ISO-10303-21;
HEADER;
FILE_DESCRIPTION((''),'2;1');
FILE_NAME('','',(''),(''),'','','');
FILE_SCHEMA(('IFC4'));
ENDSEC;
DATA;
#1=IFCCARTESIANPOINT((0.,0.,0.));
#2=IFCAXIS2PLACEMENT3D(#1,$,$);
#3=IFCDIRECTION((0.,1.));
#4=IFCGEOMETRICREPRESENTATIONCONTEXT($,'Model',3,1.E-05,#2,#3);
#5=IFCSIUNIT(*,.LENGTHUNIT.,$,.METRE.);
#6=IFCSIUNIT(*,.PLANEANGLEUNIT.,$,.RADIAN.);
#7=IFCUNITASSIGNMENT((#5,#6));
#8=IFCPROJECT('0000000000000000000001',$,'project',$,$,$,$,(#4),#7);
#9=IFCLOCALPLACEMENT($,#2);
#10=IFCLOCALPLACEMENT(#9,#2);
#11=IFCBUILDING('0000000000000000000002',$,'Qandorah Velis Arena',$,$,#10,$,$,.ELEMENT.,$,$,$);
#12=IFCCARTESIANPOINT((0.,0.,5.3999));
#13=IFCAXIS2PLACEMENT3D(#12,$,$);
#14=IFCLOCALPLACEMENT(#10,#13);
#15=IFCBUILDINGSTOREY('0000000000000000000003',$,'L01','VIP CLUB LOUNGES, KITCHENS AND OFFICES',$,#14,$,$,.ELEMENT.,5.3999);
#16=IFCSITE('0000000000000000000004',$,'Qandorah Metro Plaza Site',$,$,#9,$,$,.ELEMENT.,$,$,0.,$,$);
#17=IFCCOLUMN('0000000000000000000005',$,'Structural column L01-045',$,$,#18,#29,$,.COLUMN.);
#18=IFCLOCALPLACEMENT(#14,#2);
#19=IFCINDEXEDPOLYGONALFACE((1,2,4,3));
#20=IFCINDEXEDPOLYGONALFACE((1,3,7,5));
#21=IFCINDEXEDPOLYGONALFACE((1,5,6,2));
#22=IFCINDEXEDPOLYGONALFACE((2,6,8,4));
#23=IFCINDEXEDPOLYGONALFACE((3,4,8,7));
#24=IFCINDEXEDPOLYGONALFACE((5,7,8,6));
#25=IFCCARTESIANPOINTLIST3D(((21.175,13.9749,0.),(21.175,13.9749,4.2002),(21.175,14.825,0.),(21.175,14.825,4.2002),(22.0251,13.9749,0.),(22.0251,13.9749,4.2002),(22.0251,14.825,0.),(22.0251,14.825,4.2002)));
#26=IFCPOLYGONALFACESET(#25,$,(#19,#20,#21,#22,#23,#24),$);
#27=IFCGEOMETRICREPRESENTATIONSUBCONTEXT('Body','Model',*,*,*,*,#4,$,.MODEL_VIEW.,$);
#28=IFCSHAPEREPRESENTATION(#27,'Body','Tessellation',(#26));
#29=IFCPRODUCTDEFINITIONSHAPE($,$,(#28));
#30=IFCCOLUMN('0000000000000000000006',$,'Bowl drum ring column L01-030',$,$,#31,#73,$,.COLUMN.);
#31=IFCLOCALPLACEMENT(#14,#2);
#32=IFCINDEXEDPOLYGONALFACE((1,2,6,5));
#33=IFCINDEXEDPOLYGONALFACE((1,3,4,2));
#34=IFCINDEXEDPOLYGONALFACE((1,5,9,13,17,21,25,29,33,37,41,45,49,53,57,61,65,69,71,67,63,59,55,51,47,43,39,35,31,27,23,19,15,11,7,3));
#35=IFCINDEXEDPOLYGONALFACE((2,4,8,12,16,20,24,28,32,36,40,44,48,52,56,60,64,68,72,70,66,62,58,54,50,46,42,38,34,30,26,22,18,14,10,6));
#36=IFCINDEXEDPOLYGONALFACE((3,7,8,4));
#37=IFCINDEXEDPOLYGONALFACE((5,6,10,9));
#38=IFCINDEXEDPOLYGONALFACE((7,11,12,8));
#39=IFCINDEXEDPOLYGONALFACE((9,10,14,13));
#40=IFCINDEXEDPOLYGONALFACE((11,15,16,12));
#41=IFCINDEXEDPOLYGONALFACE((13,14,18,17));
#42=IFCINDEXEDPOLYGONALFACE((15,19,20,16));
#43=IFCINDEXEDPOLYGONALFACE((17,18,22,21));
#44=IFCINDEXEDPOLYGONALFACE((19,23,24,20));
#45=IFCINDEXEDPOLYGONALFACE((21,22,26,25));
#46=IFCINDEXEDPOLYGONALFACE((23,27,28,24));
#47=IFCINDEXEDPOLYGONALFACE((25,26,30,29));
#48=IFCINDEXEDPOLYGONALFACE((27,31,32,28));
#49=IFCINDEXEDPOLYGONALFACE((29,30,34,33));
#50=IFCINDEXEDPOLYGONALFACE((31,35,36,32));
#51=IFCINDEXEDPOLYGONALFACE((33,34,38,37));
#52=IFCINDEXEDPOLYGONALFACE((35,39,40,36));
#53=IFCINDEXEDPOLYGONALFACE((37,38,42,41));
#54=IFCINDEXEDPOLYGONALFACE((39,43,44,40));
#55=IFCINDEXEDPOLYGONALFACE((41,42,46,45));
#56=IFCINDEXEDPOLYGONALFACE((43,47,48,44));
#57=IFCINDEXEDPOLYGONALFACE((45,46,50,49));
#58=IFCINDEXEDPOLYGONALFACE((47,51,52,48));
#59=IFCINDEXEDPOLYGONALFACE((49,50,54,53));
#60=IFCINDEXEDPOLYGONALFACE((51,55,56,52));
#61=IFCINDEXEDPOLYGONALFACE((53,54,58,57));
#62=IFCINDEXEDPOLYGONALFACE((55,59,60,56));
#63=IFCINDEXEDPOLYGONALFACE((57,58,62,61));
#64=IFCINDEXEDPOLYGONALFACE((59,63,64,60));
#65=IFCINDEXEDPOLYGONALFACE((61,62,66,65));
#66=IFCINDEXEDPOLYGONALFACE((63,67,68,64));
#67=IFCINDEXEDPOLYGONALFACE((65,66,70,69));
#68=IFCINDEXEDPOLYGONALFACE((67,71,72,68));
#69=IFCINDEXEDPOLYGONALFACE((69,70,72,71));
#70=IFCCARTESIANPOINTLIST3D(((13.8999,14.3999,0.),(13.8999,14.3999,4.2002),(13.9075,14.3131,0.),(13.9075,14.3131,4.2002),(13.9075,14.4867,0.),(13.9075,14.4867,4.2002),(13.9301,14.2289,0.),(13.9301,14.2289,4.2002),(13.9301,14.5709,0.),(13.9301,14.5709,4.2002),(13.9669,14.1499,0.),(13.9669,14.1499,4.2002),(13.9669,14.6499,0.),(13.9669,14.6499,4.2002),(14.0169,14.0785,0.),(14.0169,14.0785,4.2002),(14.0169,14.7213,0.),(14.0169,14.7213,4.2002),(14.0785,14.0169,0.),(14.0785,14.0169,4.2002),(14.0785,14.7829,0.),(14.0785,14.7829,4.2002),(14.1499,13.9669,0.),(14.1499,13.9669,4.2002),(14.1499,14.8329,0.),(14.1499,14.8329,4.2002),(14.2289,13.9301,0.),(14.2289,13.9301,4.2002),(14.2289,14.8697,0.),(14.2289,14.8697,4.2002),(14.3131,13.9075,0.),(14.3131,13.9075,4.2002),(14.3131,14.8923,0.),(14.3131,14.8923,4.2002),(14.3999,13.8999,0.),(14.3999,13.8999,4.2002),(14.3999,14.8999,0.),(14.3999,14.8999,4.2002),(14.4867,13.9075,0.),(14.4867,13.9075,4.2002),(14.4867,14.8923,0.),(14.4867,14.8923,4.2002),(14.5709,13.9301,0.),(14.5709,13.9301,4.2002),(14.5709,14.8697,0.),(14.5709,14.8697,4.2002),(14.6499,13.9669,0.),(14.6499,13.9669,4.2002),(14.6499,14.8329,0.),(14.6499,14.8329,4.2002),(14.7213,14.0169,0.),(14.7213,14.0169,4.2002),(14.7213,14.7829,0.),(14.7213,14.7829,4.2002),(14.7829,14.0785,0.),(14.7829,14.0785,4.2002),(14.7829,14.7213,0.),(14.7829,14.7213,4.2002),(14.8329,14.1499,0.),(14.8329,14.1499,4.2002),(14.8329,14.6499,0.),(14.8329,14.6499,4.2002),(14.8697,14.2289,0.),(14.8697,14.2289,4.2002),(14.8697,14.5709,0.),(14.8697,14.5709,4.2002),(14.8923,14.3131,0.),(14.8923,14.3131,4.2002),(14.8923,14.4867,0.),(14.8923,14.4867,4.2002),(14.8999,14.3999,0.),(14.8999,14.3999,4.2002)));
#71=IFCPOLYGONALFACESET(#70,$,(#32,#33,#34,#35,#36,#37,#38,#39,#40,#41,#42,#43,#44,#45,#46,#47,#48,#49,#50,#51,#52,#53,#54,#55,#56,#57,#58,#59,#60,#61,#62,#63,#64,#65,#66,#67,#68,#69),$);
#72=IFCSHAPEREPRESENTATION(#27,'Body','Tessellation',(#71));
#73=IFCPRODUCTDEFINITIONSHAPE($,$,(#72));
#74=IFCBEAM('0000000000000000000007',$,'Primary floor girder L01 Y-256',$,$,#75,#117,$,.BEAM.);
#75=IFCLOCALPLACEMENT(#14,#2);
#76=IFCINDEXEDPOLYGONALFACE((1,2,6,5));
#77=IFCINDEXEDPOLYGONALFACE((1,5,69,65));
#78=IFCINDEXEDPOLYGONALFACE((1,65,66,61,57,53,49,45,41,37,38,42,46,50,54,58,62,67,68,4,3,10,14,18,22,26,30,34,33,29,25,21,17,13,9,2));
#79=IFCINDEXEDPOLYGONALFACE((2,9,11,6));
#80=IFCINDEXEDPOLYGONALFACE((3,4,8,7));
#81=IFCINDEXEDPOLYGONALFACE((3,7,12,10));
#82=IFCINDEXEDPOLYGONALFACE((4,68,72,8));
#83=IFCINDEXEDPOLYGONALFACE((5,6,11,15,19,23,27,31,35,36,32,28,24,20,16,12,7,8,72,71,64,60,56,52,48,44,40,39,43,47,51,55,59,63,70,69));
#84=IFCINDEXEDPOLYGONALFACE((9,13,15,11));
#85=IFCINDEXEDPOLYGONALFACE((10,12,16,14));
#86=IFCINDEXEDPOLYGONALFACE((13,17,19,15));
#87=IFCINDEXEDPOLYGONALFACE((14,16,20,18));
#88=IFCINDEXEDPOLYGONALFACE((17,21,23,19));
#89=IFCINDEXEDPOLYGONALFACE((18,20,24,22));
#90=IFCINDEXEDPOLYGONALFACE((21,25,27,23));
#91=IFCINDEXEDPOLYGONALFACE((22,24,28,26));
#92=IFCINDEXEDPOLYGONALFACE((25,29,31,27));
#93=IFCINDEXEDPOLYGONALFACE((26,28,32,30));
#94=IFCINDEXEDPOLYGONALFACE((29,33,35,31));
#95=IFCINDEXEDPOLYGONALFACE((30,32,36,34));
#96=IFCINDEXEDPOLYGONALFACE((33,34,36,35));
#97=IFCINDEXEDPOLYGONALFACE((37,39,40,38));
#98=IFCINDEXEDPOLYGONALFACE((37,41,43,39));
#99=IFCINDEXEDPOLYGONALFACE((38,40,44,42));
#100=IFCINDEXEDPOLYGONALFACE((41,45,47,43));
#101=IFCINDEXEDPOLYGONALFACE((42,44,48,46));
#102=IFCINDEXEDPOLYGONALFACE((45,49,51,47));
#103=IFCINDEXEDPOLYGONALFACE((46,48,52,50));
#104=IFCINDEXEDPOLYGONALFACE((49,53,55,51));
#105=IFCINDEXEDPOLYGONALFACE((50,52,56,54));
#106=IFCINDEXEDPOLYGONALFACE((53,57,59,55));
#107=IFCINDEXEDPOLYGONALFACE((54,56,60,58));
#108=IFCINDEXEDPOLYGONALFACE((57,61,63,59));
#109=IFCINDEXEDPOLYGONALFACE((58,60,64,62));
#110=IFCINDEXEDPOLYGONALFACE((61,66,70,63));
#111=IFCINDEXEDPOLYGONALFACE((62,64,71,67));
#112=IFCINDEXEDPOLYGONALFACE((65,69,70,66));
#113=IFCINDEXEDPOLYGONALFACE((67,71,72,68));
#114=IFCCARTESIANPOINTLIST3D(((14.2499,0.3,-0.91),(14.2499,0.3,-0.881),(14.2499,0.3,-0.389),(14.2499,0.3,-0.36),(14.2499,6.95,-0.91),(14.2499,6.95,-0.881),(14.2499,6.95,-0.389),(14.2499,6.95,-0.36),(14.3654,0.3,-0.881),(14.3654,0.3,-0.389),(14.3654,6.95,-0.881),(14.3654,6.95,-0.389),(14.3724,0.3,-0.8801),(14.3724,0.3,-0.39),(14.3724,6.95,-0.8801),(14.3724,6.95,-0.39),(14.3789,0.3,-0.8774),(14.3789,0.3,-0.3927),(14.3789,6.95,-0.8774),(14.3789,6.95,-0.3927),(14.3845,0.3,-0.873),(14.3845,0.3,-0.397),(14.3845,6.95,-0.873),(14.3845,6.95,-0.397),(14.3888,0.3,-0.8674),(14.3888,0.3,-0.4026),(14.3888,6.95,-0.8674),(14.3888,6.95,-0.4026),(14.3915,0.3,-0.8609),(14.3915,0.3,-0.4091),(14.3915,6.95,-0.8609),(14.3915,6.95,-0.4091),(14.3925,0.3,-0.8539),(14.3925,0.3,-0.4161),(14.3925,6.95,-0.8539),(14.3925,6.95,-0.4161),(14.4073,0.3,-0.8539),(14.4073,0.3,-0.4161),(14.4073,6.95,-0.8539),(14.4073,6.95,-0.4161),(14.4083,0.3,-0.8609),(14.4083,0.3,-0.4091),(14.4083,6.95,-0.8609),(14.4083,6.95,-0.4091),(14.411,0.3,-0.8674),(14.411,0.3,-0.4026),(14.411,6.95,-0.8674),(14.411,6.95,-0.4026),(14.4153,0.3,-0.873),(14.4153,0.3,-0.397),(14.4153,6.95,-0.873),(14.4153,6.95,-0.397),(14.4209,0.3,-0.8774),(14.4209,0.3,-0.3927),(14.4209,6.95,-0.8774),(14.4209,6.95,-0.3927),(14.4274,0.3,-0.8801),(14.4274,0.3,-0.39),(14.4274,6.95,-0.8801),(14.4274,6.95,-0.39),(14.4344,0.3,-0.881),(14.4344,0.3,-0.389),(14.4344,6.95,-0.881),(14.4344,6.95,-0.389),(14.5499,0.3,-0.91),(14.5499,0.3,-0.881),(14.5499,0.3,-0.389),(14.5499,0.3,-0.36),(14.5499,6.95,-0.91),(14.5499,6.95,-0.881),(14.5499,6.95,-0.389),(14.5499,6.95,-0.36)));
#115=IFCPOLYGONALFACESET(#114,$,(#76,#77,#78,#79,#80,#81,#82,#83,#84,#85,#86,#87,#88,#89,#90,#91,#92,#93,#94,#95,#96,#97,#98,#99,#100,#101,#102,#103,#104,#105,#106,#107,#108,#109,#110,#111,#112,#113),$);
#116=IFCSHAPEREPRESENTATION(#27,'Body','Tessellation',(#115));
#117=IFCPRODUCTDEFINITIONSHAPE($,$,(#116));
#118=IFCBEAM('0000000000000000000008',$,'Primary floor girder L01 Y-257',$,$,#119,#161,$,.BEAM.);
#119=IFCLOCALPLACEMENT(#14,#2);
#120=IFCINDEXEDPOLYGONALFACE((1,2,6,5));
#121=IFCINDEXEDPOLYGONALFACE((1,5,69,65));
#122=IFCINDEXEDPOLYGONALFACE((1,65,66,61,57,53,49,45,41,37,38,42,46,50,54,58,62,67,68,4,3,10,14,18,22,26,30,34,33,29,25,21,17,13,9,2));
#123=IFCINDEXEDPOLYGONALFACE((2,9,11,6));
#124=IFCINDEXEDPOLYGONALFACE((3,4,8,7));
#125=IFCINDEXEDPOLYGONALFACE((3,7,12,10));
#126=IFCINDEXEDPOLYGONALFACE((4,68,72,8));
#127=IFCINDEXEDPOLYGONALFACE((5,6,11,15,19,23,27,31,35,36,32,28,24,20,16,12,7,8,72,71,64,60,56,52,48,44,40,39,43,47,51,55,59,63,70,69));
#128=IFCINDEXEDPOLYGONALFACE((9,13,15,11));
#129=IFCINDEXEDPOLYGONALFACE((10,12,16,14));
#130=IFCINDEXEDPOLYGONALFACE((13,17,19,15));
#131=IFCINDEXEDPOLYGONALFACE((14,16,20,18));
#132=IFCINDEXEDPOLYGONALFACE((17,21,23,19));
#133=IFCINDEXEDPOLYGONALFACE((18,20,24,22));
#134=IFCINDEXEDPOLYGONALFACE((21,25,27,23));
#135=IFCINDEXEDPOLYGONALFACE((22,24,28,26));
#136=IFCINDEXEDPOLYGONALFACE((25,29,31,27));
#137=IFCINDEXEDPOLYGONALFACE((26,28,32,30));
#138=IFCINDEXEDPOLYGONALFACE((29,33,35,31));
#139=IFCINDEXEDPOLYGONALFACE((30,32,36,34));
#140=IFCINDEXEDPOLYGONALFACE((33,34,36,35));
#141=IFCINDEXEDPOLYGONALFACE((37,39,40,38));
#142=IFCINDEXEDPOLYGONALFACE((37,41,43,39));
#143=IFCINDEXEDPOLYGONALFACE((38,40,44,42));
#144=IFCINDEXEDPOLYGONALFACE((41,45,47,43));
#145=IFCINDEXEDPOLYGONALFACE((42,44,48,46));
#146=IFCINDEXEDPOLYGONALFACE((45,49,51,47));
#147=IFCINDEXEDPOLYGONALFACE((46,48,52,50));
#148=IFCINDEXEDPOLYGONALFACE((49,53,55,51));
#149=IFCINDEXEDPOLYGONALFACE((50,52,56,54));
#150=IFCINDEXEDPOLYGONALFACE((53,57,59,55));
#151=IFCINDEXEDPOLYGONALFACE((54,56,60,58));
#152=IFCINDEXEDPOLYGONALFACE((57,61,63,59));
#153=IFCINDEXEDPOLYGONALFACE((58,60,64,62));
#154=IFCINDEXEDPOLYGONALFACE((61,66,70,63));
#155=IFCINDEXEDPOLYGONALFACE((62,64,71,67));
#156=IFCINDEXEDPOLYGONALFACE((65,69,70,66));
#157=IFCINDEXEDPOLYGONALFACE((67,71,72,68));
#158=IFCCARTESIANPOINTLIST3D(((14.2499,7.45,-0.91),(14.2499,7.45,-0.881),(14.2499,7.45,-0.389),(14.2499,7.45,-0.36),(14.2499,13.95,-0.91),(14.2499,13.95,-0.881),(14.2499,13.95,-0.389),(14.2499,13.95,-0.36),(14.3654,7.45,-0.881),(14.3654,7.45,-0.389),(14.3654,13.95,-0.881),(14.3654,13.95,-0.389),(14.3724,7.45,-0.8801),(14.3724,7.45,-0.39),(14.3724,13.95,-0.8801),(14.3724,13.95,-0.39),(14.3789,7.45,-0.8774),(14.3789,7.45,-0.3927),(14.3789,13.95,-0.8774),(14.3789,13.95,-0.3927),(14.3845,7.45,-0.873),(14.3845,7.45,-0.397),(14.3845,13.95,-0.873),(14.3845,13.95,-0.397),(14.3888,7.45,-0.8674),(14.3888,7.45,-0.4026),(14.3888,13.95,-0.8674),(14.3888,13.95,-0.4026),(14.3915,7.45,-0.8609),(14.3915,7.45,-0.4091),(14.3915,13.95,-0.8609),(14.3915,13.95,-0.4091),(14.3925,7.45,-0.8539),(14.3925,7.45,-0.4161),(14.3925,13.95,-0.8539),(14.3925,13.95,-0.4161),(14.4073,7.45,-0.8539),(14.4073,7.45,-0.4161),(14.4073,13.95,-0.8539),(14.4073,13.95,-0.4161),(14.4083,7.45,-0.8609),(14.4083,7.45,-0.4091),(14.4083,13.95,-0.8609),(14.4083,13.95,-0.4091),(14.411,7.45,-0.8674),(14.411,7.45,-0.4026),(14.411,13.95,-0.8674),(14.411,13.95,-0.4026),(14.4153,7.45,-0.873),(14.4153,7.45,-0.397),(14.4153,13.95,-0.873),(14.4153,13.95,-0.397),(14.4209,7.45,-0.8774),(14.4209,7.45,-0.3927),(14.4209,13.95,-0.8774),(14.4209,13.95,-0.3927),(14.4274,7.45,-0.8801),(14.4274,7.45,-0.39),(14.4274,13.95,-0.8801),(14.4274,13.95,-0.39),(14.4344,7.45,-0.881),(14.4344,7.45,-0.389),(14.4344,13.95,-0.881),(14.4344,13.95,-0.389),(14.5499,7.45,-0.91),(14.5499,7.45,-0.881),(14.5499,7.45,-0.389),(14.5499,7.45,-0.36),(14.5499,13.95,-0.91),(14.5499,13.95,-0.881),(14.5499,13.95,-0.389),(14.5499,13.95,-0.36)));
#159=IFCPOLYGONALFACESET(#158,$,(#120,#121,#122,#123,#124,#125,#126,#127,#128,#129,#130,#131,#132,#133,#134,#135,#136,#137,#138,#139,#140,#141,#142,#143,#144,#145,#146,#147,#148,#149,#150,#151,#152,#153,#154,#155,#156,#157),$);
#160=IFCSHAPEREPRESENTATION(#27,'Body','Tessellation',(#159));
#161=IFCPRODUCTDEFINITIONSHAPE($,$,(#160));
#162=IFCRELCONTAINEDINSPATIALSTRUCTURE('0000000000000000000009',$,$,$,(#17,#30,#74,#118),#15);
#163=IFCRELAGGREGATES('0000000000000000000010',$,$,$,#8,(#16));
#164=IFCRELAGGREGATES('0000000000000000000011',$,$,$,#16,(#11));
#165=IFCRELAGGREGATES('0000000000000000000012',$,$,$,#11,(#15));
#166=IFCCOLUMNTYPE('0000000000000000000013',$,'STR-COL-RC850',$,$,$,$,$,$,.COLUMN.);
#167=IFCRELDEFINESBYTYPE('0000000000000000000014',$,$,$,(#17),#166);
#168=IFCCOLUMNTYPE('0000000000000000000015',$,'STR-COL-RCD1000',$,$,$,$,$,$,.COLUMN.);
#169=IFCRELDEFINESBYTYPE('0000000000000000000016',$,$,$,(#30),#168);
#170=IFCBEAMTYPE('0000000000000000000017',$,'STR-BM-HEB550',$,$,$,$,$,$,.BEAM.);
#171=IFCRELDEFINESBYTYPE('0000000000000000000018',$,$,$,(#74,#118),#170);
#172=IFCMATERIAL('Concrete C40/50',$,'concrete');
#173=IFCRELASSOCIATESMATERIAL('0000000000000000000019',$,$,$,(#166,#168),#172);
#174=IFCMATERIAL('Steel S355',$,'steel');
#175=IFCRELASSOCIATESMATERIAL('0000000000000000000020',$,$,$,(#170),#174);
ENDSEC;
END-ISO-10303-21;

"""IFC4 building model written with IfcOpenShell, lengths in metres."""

from ifc_helpers import new_model, si_unit, direction, frame, origin, origin_2d, place, context, subcontext, project, spatial, rectangle, circle, i_section, extrude, material, material_profile, profile_set, type_object, element, save


model = new_model("IFC4")

# Units and contexts
model_context = context("Model", 3, precision=1e-05, world=origin(), true_north=direction((0.0, 1.0)))
body_context = subcontext(model_context, "Body", "Model", "MODEL_VIEW")
ifc_project = project(units=[si_unit("LENGTHUNIT", "METRE"), si_unit("PLANEANGLEUNIT", "RADIAN")], contexts=[model_context])

# Site, building, storey
site_placement = place(None, origin())
site = spatial("IfcSite", under=ifc_project, at=site_placement, Name="Qandorah Metro Plaza Site", CompositionType="ELEMENT", RefElevation=0.0)
building_placement = place(site_placement, origin())
building = spatial("IfcBuilding", under=site, at=building_placement, Name="Qandorah Velis Arena", CompositionType="ELEMENT")
storey_placement = place(building_placement, frame((0.0, 0.0, 5.3999)))
storey = spatial("IfcBuildingStorey", under=building, at=storey_placement, Name="L01", Description="VIP CLUB LOUNGES, KITCHENS AND OFFICES", CompositionType="ELEMENT", Elevation=5.3999)

# Columns
ifc_material_1 = material(Name="Concrete C40/50", Category="concrete")
ifc_material_profile_1 = material_profile(ifc_material_1, rectangle(XDim=0.8501, YDim=0.8501, at=origin_2d()), Name="RC COL 850x850")
ifc_profile_set_1 = profile_set([ifc_material_profile_1], Name="Concrete C40/50")
column_type_1 = type_object("IfcColumnType", Name="STR-COL-RC850", PredefinedType="COLUMN", material=ifc_profile_set_1)
column_1_placement = place(storey_placement, frame((21.6001, 14.3999, 0.0), z_axis=(0.0, 0.0, 1.0), x_axis=(1.0, 0.0, 0.0)))
element("IfcColumn", 1, at=column_1_placement, inside=storey, type_object=column_type_1, Name="Structural column L01-045", PredefinedType="COLUMN", context=body_context, shape_type="SweptSolid", body=[
    extrude(rectangle(XDim=0.8501, YDim=0.8501, at=origin_2d()), origin(), (0.0, 0.0, 1.0), 4.2002),
])
ifc_material_profile_2 = material_profile(ifc_material_1, circle(Radius=0.5, at=origin_2d()), Name="RC D1000")
ifc_profile_set_2 = profile_set([ifc_material_profile_2], Name="Concrete C40/50")
column_type_2 = type_object("IfcColumnType", Name="STR-COL-RCD1000", PredefinedType="COLUMN", material=ifc_profile_set_2)
column_2_placement = place(storey_placement, frame((14.3999, 14.3999, 0.0), z_axis=(0.0, 0.0, 1.0), x_axis=(1.0, 0.0, 0.0)))
element("IfcColumn", 2, at=column_2_placement, inside=storey, type_object=column_type_2, Name="Bowl drum ring column L01-030", PredefinedType="COLUMN", context=body_context, shape_type="SweptSolid", body=[
    extrude(circle(Radius=0.5, at=origin_2d()), origin(), (0.0, 0.0, 1.0), 4.2002),
])

# Beams
ifc_material_2 = material(Name="Steel S355", Category="steel")
ifc_material_profile_3 = material_profile(ifc_material_2, i_section(OverallWidth=0.3, OverallDepth=0.55, WebThickness=0.0149, FlangeThickness=0.0291, FilletRadius=0.0271, at=origin_2d()), Name="HEB 550")
ifc_profile_set_3 = profile_set([ifc_material_profile_3], Name="Steel S355")
beam_type_1 = type_object("IfcBeamType", Name="STR-BM-HEB550", PredefinedType="BEAM", material=ifc_profile_set_3)
beam_1_placement = place(storey_placement, frame((14.3999, 0.3, -0.635), z_axis=(0.0, 1.0, 0.0), x_axis=(-1.0, 0.0, 0.0)))
element("IfcBeam", 3, at=beam_1_placement, inside=storey, type_object=beam_type_1, Name="Primary floor girder L01 Y-256", PredefinedType="BEAM", context=body_context, shape_type="SweptSolid", body=[
    extrude(i_section(OverallWidth=0.3, OverallDepth=0.55, WebThickness=0.0149, FlangeThickness=0.0291, FilletRadius=0.0271, at=origin_2d()), origin(), (0.0, 0.0, 1.0), 6.6499),
])
beam_2_placement = place(storey_placement, frame((14.3999, 7.45, -0.635), z_axis=(0.0, 1.0, 0.0), x_axis=(-1.0, 0.0, 0.0)))
element("IfcBeam", 4, at=beam_2_placement, inside=storey, type_object=beam_type_1, Name="Primary floor girder L01 Y-257", PredefinedType="BEAM", context=body_context, shape_type="SweptSolid", body=[
    extrude(i_section(OverallWidth=0.3, OverallDepth=0.55, WebThickness=0.0149, FlangeThickness=0.0291, FilletRadius=0.0271, at=origin_2d()), origin(), (0.0, 0.0, 1.0), 6.5),
])

save(model, "model.ifc")
